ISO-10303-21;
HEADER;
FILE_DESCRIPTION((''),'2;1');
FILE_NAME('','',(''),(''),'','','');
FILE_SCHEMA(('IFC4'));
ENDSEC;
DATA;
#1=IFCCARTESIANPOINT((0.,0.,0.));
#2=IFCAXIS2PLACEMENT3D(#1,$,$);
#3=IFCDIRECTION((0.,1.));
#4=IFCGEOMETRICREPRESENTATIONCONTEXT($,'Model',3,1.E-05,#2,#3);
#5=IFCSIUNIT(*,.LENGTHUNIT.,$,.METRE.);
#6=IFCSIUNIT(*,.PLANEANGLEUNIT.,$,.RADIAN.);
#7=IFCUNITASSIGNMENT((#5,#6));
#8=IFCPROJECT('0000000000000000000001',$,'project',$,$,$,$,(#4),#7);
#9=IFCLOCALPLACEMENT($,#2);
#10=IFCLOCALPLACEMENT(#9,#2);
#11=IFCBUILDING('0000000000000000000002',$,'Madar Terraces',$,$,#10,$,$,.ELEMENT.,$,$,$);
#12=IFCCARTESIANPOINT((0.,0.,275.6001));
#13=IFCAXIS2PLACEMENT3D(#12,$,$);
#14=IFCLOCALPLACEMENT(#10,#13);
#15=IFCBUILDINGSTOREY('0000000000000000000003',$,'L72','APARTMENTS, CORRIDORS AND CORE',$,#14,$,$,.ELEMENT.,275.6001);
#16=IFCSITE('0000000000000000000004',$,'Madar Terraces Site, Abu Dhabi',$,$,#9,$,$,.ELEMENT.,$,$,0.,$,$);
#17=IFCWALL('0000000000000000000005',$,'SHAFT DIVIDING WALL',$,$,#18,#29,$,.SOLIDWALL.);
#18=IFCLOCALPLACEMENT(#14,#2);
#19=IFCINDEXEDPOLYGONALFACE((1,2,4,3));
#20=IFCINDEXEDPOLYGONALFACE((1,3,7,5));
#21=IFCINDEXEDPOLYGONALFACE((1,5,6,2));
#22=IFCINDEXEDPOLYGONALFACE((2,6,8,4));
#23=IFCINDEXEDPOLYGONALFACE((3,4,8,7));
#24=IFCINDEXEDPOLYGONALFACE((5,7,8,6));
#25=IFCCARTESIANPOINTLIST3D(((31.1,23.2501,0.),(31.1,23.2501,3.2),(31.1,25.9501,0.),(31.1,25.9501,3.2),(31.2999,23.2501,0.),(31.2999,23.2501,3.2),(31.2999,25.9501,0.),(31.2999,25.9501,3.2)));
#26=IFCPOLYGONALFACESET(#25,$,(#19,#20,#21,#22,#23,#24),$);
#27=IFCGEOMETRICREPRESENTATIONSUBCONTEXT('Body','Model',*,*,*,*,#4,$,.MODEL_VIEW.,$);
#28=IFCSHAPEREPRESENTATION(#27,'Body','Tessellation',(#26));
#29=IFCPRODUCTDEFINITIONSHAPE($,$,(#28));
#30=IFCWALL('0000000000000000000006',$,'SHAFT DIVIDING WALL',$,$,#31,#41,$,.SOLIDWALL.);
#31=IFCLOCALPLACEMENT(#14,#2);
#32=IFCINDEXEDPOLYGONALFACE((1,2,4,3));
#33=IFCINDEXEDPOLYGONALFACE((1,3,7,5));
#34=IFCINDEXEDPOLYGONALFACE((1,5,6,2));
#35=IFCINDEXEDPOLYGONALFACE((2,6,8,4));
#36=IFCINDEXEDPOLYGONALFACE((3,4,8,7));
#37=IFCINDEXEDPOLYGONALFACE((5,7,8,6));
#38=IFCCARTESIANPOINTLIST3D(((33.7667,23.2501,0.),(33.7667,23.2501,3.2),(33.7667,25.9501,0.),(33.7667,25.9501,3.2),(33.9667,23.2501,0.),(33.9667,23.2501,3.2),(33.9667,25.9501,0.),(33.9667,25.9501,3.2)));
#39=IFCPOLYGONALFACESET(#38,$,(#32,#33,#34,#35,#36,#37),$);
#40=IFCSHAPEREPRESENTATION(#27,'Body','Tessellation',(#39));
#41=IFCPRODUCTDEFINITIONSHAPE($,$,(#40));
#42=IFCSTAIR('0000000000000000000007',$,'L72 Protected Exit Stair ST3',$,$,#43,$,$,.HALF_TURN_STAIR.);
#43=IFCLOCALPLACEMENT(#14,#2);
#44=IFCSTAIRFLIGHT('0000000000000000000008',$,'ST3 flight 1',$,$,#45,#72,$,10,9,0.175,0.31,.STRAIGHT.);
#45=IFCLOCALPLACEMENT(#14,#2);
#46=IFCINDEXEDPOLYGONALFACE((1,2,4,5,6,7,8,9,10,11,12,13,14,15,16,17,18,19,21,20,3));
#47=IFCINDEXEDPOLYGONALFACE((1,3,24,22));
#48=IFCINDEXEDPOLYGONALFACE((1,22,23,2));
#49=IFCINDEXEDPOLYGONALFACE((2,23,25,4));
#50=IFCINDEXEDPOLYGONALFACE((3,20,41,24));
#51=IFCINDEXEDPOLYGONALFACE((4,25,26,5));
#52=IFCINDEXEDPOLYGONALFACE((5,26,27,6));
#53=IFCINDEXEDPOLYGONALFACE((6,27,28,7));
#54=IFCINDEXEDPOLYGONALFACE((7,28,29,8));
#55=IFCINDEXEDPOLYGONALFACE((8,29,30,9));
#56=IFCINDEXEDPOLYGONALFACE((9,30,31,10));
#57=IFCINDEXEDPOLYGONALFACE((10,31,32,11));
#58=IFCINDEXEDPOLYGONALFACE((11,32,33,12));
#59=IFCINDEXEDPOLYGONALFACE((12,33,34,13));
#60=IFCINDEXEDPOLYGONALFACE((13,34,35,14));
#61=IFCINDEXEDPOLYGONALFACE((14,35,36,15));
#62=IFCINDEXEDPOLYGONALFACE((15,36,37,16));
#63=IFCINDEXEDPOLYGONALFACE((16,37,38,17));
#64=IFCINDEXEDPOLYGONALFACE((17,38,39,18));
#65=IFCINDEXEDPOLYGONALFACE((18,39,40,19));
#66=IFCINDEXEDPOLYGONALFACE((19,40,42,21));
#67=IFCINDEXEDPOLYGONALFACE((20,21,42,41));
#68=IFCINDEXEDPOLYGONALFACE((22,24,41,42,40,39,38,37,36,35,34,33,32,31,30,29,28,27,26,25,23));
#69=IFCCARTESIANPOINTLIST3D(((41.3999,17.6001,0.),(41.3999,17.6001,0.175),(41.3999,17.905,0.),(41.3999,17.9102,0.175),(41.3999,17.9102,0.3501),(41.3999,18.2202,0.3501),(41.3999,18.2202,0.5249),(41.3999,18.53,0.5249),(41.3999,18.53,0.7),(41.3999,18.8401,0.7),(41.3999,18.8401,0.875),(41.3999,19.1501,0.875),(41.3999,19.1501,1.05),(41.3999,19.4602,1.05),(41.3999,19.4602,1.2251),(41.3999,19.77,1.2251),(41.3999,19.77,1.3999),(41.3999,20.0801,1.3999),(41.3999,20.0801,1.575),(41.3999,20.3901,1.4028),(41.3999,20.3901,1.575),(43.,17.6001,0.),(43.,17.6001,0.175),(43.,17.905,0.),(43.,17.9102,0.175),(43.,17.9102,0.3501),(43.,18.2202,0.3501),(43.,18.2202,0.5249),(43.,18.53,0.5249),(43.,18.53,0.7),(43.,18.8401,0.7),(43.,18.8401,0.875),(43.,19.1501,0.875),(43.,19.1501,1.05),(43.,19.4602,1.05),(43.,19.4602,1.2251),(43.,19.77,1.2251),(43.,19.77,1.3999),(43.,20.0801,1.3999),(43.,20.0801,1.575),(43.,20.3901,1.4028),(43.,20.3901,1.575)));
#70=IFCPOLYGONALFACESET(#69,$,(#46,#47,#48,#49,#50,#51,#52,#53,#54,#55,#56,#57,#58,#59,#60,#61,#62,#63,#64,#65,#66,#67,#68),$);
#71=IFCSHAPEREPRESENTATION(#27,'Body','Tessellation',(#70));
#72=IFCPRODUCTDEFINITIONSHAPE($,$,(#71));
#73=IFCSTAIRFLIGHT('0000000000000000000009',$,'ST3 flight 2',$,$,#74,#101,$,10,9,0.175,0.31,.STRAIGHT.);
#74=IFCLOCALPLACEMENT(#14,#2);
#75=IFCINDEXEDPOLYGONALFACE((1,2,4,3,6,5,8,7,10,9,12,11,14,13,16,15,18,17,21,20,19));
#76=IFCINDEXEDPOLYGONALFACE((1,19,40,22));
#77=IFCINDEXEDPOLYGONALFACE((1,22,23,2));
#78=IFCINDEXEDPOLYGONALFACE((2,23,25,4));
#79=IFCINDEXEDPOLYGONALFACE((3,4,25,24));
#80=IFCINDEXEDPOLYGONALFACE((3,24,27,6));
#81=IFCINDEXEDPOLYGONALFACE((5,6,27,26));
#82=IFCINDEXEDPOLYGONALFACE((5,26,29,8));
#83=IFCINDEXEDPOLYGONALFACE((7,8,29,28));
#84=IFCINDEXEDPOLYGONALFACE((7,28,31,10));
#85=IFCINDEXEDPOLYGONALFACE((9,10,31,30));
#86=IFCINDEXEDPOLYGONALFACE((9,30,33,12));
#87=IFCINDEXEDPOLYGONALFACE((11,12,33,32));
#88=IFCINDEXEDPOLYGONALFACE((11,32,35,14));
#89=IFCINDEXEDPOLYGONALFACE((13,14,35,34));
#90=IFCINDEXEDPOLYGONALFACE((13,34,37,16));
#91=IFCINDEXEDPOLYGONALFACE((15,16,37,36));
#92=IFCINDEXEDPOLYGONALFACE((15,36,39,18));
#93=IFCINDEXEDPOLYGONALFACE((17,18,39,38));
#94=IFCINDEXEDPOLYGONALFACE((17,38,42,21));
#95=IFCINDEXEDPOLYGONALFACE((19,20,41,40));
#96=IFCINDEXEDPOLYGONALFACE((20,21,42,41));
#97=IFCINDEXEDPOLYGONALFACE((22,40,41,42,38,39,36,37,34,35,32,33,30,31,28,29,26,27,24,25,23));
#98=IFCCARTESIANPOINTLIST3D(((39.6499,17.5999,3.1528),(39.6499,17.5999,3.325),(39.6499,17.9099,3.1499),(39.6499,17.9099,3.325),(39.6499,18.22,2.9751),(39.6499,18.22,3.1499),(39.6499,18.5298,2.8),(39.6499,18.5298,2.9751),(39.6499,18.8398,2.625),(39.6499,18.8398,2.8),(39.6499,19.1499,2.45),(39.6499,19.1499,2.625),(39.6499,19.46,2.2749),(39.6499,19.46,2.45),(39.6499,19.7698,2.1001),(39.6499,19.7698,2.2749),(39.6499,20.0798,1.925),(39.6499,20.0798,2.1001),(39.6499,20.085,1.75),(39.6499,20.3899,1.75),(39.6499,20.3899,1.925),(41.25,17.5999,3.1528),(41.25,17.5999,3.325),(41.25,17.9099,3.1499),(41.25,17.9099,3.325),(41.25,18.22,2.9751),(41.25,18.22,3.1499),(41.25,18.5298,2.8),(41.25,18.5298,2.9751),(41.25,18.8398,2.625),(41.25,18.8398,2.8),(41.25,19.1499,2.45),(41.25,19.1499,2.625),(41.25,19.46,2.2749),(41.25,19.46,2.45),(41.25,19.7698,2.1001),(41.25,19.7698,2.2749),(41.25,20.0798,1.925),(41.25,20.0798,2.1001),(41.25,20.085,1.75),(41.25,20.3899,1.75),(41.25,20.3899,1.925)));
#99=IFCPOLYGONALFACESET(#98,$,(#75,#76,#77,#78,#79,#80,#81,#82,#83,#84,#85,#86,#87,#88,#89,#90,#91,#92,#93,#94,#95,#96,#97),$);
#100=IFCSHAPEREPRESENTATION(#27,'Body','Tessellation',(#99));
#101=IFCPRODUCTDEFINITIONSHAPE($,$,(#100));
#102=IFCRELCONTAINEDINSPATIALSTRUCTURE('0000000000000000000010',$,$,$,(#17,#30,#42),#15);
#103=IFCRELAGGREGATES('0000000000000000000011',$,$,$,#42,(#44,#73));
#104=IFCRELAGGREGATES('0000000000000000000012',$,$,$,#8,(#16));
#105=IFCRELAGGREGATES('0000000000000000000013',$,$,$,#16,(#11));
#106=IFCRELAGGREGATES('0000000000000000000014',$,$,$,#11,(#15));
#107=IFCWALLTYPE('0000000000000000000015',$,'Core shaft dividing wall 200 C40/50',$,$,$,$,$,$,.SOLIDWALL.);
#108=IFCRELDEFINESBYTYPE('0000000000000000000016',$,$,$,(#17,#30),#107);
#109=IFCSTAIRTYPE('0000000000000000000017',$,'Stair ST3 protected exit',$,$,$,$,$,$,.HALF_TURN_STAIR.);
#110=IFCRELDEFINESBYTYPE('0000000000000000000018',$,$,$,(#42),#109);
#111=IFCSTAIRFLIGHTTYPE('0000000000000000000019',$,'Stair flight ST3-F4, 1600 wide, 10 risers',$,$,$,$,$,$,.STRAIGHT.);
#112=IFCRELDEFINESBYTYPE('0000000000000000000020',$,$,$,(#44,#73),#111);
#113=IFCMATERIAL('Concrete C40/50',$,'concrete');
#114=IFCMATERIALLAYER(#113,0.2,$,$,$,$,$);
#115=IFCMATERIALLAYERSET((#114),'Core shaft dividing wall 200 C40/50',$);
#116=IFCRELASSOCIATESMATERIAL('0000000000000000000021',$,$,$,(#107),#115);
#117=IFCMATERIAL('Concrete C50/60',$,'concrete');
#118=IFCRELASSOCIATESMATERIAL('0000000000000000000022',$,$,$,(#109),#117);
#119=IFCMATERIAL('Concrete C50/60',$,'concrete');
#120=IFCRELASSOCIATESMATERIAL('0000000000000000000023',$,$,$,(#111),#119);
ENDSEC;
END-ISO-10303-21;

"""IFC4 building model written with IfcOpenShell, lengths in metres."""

from ifc_helpers import new_model, si_unit, direction, frame, frame_2d, origin, place, context, subcontext, project, spatial, polyline, rectangle, outline, extrude, material, layer, layer_set, type_object, element, aggregate, save


model = new_model("IFC4")

# Units and contexts
model_context = context("Model", 3, precision=1e-05, world=origin(), true_north=direction((0.0, 1.0)))
body_context = subcontext(model_context, "Body", "Model", "MODEL_VIEW")
ifc_project = project(units=[si_unit("LENGTHUNIT", "METRE"), si_unit("PLANEANGLEUNIT", "RADIAN")], contexts=[model_context])

# Site, building, storey
site_placement = place(None, origin())
site = spatial("IfcSite", under=ifc_project, at=site_placement, Name="Madar Terraces Site, Abu Dhabi", CompositionType="ELEMENT", RefElevation=0.0)
building_placement = place(site_placement, origin())
building = spatial("IfcBuilding", under=site, at=building_placement, Name="Madar Terraces", CompositionType="ELEMENT")
storey_placement = place(building_placement, frame((0.0, 0.0, 275.6001)))
storey = spatial("IfcBuildingStorey", under=building, at=storey_placement, Name="L72", Description="APARTMENTS, CORRIDORS AND CORE", CompositionType="ELEMENT", Elevation=275.6001)

# Walls
ifc_material_1 = material(Name="Concrete C40/50", Category="concrete")
ifc_layer_1 = layer(ifc_material_1, 0.2)
ifc_layer_set_1 = layer_set([ifc_layer_1], Name="Core shaft dividing wall 200 C40/50")
wall_type_1 = type_object("IfcWallType", Name="Core shaft dividing wall 200 C40/50", PredefinedType="SOLIDWALL", material=ifc_layer_set_1)
for number, where, z_axis, x_axis, name in (
    (1, (31.2, 23.25, 0.0), (0.0, 0.0, 1.0), (0.0, 1.0, 0.0), "SHAFT DIVIDING WALL"),
    (2, (33.8667, 23.25, 0.0), (0.0, 0.0, 1.0), (0.0, 1.0, 0.0), "SHAFT DIVIDING WALL"),
):
    element("IfcWall", number, at=place(storey_placement, frame(where, z_axis=z_axis, x_axis=x_axis)), inside=storey, type_object=wall_type_1, Name=name, PredefinedType="SOLIDWALL", context=body_context, shape_type="SweptSolid", body=[
        extrude(rectangle(XDim=2.7, YDim=0.2, at=frame_2d((1.3501, 0.0))), origin(), (0.0, 0.0, 1.0), 3.2),
    ])

# Stair, stair flights
ifc_material_2 = material(Name="Concrete C50/60", Category="concrete")
stair_type = type_object("IfcStairType", Name="Stair ST3 protected exit", PredefinedType="HALF_TURN_STAIR", material=ifc_material_2)
stair_placement = place(storey_placement, origin())
stair = element("IfcStair", 3, at=stair_placement, inside=storey, type_object=stair_type, Name="L72 Protected Exit Stair ST3", PredefinedType="HALF_TURN_STAIR")
ifc_material_3 = material(Name="Concrete C50/60", Category="concrete")
stair_flight_type = type_object("IfcStairFlightType", Name="Stair flight ST3-F4, 1600 wide, 10 risers", PredefinedType="STRAIGHT", material=ifc_material_3)
stair_flight_1_placement = place(storey_placement, frame((42.2, 17.6001, 0.0), z_axis=(0.0, 0.0, 1.0), x_axis=(0.0, 1.0, 0.0)))
stair_flight_1 = element("IfcStairFlight", 4, at=stair_flight_1_placement, type_object=stair_flight_type, Name="ST3 flight 1", NumberOfRisers=10, NumberOfTreads=9, PredefinedType="STRAIGHT", RiserHeight=0.175, TreadLength=0.31, context=body_context, shape_type="SweptSolid", body=[
    extrude(outline(polyline([(0.0, 0.0), (0.0, 0.175), (0.3101, 0.175), (0.3101, 0.3501), (0.6201, 0.3501), (0.6201, 0.5249), (0.9299, 0.5249), (0.9299, 0.7), (1.24, 0.7), (1.24, 0.875), (1.55, 0.875), (1.55, 1.05), (1.8601, 1.05), (1.8601, 1.2251), (2.1699, 1.2251), (2.1699, 1.3999), (2.48, 1.3999), (2.48, 1.575), (2.79, 1.575), (2.79, 1.75), (2.79, 1.4028), (0.3049, 0.0), (0.0, 0.0)])), frame((0.0, 0.8, 0.0), z_axis=(0.0, -1.0, 0.0), x_axis=(1.0, 0.0, 0.0)), (0.0, 0.0, 1.0), 1.6001),
])
stair_flight_2_placement = place(storey_placement, frame((40.45, 20.3899, 1.75), z_axis=(0.0, 0.0, 1.0), x_axis=(0.0, -1.0, 0.0)))
stair_flight_2 = element("IfcStairFlight", 5, at=stair_flight_2_placement, type_object=stair_flight_type, Name="ST3 flight 2", NumberOfRisers=10, NumberOfTreads=9, PredefinedType="STRAIGHT", RiserHeight=0.175, TreadLength=0.31, context=body_context, shape_type="SweptSolid", body=[
    extrude(outline(polyline([(0.0, 0.0), (0.0, 0.175), (0.3101, 0.175), (0.3101, 0.3501), (0.6201, 0.3501), (0.6201, 0.5249), (0.9299, 0.5249), (0.9299, 0.7), (1.24, 0.7), (1.24, 0.875), (1.55, 0.875), (1.55, 1.05), (1.8601, 1.05), (1.8601, 1.2251), (2.1699, 1.2251), (2.1699, 1.3999), (2.48, 1.3999), (2.48, 1.575), (2.79, 1.575), (2.79, 1.75), (2.79, 1.4028), (0.3049, 0.0), (0.0, 0.0)])), frame((0.0, 0.8, 0.0), z_axis=(0.0, -1.0, 0.0), x_axis=(1.0, 0.0, 0.0)), (0.0, 0.0, 1.0), 1.6001),
])
aggregate(stair, [stair_flight_1, stair_flight_2])

save(model, "model.ifc")
